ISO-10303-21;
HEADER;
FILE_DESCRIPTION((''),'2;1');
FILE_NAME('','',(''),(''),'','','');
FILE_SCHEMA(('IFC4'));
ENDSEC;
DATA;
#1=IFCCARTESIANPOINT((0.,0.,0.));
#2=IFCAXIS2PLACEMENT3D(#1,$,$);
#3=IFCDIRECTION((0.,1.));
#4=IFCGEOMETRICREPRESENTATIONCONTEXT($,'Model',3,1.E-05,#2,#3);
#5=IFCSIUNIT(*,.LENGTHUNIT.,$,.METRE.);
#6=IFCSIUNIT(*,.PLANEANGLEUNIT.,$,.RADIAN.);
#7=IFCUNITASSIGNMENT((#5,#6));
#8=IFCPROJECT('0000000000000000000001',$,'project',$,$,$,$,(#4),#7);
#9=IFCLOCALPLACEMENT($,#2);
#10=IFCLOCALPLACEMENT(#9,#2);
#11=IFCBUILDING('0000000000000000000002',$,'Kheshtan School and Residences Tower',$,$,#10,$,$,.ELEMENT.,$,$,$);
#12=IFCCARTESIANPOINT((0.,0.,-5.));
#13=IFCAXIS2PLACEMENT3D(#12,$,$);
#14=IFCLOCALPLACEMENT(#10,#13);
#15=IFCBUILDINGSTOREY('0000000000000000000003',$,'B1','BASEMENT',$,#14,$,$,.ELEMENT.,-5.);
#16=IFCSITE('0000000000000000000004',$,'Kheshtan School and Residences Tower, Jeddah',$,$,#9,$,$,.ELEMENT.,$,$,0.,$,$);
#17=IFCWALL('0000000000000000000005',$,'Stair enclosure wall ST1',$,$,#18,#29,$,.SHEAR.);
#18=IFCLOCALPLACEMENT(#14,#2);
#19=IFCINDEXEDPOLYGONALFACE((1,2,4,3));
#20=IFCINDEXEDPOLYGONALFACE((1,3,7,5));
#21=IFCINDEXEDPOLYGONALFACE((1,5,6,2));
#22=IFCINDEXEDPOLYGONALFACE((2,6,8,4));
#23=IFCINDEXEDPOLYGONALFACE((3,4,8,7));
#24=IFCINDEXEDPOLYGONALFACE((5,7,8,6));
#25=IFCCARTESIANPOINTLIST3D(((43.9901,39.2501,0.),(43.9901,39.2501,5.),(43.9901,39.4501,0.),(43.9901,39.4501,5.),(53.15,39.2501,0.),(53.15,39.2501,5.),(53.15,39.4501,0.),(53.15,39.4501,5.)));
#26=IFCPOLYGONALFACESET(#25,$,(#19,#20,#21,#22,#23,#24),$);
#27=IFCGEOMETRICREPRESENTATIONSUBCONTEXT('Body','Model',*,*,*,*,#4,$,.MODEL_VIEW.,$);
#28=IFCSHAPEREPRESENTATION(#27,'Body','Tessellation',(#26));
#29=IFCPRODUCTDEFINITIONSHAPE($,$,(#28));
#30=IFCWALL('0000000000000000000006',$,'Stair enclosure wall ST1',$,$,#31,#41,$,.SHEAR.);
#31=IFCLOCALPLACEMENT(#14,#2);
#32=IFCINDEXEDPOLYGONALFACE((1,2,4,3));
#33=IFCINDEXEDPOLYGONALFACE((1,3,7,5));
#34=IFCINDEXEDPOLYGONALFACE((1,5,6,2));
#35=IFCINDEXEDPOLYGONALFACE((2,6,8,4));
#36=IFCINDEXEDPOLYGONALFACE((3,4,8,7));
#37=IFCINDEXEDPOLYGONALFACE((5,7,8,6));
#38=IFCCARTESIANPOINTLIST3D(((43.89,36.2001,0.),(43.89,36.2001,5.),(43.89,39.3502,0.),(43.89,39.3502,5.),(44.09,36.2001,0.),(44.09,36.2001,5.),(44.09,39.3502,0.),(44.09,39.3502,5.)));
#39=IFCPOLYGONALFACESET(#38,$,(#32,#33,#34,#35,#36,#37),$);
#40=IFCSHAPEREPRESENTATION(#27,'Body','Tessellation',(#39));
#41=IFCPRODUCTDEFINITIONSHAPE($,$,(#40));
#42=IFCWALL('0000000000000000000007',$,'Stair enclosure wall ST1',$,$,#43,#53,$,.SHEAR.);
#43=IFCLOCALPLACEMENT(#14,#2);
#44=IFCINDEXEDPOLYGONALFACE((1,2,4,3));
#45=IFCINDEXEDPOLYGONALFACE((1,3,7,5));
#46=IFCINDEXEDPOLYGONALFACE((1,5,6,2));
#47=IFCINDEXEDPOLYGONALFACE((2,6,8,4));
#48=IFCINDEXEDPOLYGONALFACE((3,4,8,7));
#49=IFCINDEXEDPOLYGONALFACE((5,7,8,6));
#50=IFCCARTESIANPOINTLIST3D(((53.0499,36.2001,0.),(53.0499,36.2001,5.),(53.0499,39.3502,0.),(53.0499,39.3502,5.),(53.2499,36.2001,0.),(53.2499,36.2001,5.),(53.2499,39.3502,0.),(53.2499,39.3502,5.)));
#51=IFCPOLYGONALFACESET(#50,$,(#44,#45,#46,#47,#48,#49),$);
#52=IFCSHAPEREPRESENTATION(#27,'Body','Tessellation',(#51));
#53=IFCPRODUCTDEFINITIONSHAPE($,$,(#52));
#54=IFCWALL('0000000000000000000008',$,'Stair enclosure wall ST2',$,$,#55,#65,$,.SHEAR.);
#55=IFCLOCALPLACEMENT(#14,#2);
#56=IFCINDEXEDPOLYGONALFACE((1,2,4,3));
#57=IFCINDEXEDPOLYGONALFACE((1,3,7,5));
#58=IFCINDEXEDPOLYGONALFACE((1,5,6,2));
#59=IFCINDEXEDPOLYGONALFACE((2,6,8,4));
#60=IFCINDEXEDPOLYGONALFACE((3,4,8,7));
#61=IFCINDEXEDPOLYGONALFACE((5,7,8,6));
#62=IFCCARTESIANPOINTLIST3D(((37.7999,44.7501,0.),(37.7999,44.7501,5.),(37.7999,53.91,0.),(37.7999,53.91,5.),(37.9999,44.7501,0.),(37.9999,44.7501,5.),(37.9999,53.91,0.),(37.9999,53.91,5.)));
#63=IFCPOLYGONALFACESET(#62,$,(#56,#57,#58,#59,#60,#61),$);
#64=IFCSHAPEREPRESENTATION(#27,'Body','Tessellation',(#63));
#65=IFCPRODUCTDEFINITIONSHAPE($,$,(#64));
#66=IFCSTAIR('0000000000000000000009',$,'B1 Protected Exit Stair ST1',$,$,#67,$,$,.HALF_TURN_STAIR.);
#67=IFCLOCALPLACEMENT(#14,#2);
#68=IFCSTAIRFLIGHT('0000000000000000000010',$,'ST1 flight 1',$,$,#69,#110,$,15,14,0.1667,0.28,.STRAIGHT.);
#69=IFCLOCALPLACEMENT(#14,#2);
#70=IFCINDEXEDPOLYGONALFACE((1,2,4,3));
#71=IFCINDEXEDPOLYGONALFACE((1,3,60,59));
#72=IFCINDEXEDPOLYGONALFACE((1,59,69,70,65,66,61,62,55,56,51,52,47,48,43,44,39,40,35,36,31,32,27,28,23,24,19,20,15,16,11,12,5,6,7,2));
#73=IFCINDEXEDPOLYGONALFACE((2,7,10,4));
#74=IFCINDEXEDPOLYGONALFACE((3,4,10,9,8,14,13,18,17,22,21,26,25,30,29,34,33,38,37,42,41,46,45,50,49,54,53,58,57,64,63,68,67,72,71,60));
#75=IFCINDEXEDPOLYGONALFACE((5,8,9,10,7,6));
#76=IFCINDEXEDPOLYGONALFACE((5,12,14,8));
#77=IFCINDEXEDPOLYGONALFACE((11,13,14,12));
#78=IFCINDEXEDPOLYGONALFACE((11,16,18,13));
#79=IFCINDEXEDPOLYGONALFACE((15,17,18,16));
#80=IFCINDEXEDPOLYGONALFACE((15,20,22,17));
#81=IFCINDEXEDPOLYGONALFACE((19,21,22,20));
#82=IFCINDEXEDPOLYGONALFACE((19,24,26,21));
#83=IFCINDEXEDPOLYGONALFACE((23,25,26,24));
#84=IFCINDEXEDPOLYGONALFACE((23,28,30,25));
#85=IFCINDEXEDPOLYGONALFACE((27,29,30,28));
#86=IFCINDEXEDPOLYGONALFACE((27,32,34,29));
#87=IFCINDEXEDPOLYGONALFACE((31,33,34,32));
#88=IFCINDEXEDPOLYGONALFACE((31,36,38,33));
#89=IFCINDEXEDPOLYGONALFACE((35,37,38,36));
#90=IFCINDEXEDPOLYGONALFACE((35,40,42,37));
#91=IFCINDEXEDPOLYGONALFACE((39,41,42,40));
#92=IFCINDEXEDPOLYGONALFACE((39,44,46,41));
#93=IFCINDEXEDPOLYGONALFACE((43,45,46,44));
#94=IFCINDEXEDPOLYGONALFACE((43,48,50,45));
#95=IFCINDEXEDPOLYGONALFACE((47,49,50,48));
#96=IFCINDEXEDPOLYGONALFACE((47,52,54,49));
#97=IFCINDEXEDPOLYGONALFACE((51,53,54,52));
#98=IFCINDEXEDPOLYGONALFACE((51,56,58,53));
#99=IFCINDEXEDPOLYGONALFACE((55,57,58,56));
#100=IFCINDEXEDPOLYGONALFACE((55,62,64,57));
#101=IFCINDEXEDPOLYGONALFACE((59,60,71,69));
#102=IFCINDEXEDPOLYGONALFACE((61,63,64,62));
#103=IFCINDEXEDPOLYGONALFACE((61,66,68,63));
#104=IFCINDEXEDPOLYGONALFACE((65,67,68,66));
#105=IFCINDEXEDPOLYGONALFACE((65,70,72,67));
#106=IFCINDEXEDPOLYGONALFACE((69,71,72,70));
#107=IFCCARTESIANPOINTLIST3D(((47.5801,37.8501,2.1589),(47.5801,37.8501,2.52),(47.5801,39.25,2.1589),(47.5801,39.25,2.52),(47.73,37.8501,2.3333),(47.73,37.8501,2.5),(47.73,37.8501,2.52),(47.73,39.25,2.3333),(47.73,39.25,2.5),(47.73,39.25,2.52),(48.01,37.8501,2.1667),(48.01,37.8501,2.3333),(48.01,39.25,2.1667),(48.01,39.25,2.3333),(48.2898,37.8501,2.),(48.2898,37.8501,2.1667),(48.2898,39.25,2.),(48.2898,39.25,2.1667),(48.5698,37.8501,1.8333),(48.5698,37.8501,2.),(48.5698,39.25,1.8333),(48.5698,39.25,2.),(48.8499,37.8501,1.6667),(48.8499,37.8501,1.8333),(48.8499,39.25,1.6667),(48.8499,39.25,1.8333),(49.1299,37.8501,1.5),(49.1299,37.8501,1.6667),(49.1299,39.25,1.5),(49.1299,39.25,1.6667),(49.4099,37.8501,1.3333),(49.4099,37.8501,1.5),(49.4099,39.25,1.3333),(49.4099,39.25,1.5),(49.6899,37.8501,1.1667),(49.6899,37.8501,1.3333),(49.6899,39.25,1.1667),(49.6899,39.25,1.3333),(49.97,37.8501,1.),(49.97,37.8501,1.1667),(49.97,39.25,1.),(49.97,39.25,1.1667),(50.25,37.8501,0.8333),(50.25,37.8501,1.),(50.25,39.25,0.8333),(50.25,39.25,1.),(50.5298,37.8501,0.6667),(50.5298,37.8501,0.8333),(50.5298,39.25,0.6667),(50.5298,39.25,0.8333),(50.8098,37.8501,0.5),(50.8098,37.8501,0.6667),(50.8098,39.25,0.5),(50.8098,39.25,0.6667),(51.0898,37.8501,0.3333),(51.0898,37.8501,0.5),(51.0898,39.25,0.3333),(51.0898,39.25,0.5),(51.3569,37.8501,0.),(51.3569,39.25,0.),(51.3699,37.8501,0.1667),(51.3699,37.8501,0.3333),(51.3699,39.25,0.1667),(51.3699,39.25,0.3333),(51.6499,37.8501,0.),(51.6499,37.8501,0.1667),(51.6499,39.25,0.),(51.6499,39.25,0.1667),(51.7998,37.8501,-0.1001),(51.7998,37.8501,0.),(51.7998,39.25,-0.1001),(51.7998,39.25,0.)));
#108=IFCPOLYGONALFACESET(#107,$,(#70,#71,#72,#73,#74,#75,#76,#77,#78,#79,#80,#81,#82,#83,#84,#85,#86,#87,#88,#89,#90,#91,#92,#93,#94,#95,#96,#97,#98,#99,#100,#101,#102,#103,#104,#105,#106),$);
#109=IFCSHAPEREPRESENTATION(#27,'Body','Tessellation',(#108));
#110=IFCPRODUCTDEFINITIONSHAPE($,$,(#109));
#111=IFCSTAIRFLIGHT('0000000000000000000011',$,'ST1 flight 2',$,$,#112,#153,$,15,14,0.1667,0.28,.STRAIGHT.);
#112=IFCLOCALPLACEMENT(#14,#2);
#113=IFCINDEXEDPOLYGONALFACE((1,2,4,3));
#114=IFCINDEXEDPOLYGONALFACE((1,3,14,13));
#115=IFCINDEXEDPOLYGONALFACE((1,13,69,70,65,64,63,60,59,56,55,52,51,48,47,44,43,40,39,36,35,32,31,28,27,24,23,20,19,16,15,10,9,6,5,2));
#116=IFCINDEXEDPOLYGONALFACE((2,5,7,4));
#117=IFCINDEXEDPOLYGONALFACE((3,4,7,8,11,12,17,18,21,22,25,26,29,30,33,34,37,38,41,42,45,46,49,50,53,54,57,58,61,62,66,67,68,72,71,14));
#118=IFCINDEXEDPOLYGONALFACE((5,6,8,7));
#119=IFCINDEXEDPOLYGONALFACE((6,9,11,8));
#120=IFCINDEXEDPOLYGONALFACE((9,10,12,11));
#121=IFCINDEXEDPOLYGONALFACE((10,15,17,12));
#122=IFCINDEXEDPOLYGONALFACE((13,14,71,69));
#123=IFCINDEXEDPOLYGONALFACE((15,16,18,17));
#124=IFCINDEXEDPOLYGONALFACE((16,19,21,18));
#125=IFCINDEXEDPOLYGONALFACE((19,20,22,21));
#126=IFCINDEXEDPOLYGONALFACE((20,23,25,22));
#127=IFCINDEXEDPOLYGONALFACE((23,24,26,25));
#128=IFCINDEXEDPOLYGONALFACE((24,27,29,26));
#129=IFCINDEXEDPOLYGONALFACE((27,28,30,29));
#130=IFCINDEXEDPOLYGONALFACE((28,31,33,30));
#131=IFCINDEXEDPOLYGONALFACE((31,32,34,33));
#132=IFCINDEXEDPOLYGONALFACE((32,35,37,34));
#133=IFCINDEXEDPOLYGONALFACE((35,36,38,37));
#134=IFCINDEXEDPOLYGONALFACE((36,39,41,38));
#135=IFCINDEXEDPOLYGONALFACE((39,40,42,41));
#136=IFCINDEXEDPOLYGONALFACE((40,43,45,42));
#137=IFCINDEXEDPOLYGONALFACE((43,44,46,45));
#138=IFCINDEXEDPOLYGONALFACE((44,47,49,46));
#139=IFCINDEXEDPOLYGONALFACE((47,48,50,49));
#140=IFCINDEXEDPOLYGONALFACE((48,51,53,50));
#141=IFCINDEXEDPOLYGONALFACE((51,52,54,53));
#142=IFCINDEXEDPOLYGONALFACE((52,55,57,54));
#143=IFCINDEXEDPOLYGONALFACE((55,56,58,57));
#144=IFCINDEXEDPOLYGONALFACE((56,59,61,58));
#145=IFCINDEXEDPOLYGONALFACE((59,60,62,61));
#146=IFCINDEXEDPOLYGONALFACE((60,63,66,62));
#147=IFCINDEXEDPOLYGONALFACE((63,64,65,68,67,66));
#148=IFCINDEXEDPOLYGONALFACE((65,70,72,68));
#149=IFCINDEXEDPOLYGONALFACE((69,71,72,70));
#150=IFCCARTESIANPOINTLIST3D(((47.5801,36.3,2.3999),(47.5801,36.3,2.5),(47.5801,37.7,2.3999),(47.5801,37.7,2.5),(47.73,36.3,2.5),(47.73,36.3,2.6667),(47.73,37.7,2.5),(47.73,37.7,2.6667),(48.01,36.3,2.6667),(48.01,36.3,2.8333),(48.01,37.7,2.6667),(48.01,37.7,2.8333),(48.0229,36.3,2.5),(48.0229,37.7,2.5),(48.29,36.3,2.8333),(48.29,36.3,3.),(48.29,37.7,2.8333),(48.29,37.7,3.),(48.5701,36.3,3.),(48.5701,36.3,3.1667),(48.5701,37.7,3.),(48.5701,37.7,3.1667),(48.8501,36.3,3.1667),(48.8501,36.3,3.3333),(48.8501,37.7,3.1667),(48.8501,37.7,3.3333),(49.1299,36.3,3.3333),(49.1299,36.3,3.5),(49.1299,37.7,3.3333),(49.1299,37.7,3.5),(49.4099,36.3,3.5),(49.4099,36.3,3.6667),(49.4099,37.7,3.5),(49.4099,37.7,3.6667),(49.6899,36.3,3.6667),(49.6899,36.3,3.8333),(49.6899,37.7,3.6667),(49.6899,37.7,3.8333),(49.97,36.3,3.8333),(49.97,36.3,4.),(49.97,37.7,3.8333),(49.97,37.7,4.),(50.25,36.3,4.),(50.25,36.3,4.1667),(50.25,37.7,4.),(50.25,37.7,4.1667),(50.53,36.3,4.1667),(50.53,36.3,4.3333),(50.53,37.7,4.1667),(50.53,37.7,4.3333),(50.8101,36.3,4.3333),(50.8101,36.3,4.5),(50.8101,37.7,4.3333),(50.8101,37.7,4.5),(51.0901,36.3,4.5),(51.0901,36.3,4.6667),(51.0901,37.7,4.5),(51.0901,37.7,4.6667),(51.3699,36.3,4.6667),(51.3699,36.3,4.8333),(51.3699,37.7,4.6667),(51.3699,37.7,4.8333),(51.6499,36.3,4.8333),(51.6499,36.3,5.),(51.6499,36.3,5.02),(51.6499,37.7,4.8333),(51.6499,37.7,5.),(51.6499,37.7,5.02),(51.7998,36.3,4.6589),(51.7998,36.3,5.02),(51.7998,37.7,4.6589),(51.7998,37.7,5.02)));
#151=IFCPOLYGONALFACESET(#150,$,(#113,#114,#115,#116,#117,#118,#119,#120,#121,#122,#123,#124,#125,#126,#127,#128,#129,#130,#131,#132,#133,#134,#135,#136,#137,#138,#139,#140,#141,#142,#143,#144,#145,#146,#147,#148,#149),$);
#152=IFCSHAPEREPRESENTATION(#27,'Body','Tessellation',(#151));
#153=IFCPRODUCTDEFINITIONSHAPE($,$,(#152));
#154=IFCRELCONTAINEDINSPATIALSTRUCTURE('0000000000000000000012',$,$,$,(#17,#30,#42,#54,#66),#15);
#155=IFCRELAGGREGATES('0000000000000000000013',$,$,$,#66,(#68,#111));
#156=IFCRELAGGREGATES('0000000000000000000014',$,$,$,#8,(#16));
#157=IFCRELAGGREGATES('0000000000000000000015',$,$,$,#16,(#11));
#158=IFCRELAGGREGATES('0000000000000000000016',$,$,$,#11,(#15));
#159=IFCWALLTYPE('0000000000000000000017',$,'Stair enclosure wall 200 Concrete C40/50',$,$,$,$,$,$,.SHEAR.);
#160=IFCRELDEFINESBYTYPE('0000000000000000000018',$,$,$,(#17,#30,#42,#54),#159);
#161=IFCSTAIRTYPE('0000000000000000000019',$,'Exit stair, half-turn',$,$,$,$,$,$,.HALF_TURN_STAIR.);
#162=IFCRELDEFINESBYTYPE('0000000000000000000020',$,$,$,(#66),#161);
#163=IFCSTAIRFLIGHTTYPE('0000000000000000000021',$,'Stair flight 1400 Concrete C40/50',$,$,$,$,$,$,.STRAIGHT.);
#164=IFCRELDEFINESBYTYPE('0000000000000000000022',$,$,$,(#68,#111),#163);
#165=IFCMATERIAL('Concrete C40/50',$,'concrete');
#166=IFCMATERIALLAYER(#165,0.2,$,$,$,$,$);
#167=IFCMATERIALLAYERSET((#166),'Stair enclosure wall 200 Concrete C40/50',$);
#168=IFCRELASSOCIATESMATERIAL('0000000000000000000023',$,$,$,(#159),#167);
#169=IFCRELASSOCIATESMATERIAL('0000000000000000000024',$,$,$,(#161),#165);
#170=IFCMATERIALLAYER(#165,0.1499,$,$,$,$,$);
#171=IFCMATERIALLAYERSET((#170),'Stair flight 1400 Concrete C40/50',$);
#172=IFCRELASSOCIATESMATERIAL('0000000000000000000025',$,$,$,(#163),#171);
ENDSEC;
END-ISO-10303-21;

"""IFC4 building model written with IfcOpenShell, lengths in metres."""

from ifc_helpers import new_model, si_unit, direction, frame, frame_2d, origin, place, context, subcontext, project, spatial, polyline, rectangle, outline, extrude, material, layer, layer_set, type_object, element, aggregate, save


model = new_model("IFC4")

# Units and contexts
model_context = context("Model", 3, precision=1e-05, world=origin(), true_north=direction((0.0, 1.0)))
body_context = subcontext(model_context, "Body", "Model", "MODEL_VIEW")
ifc_project = project(units=[si_unit("LENGTHUNIT", "METRE"), si_unit("PLANEANGLEUNIT", "RADIAN")], contexts=[model_context])

# Site, building, storey
site_placement = place(None, origin())
site = spatial("IfcSite", under=ifc_project, at=site_placement, Name="Kheshtan School and Residences Tower, Jeddah", CompositionType="ELEMENT", RefElevation=0.0)
building_placement = place(site_placement, origin())
building = spatial("IfcBuilding", under=site, at=building_placement, Name="Kheshtan School and Residences Tower", CompositionType="ELEMENT")
storey_placement = place(building_placement, frame((0.0, 0.0, -5.0)))
storey = spatial("IfcBuildingStorey", under=building, at=storey_placement, Name="B1", Description="BASEMENT", CompositionType="ELEMENT", Elevation=-5.0)

# Walls
ifc_material_1 = material(Name="Concrete C40/50", Category="concrete")
ifc_layer_1 = layer(ifc_material_1, 0.2)
ifc_layer_set_1 = layer_set([ifc_layer_1], Name="Stair enclosure wall 200 Concrete C40/50")
wall_type_1 = type_object("IfcWallType", Name="Stair enclosure wall 200 Concrete C40/50", PredefinedType="SHEAR", material=ifc_layer_set_1)
wall_1_placement = place(storey_placement, frame((43.99, 39.3501, 0.0), z_axis=(0.0, 0.0, 1.0), x_axis=(1.0, 0.0, 0.0)))
element("IfcWall", 1, at=wall_1_placement, inside=storey, type_object=wall_type_1, Name="Stair enclosure wall ST1", PredefinedType="SHEAR", context=body_context, shape_type="SweptSolid", body=[
    extrude(rectangle(XDim=9.1599, YDim=0.2, at=frame_2d((4.5801, 0.0))), origin(), (0.0, 0.0, 1.0), 5.0),
])
for number, where, z_axis, x_axis, name in (
    (2, (43.99, 36.2, 0.0), (0.0, 0.0, 1.0), (0.0, 1.0, 0.0), "Stair enclosure wall ST1"),
    (3, (53.1499, 36.2, 0.0), (0.0, 0.0, 1.0), (0.0, 1.0, 0.0), "Stair enclosure wall ST1"),
):
    element("IfcWall", number, at=place(storey_placement, frame(where, z_axis=z_axis, x_axis=x_axis)), inside=storey, type_object=wall_type_1, Name=name, PredefinedType="SHEAR", context=body_context, shape_type="SweptSolid", body=[
        extrude(rectangle(XDim=3.1501, YDim=0.2, at=frame_2d((1.5752, 0.0))), origin(), (0.0, 0.0, 1.0), 5.0),
    ])
wall_2_placement = place(storey_placement, frame((37.8999, 44.75, 0.0), z_axis=(0.0, 0.0, 1.0), x_axis=(0.0, 1.0, 0.0)))
element("IfcWall", 4, at=wall_2_placement, inside=storey, type_object=wall_type_1, Name="Stair enclosure wall ST2", PredefinedType="SHEAR", context=body_context, shape_type="SweptSolid", body=[
    extrude(rectangle(XDim=9.1599, YDim=0.2, at=frame_2d((4.5801, 0.0))), origin(), (0.0, 0.0, 1.0), 5.0),
])

# Stair, stair flights
stair_type = type_object("IfcStairType", Name="Exit stair, half-turn", PredefinedType="HALF_TURN_STAIR", material=ifc_material_1)
stair_placement = place(storey_placement, origin())
stair = element("IfcStair", 5, at=stair_placement, inside=storey, type_object=stair_type, Name="B1 Protected Exit Stair ST1", PredefinedType="HALF_TURN_STAIR")
ifc_layer_2 = layer(ifc_material_1, 0.1499)
ifc_layer_set_2 = layer_set([ifc_layer_2], Name="Stair flight 1400 Concrete C40/50")
stair_flight_type = type_object("IfcStairFlightType", Name="Stair flight 1400 Concrete C40/50", PredefinedType="STRAIGHT", material=ifc_layer_set_2)
stair_flight_1_placement = place(storey_placement, frame((51.6499, 38.55, 0.0), z_axis=(0.0, 0.0, 1.0), x_axis=(-1.0, 0.0, 0.0)))
stair_flight_1 = element("IfcStairFlight", 6, at=stair_flight_1_placement, type_object=stair_flight_type, Name="ST1 flight 1", NumberOfRisers=15, NumberOfTreads=14, PredefinedType="STRAIGHT", RiserHeight=0.1667, TreadLength=0.28, context=body_context, shape_type="SweptSolid", body=[
    extrude(outline(polyline([(-0.1499, -0.1001), (-0.1499, 0.0), (0.0, 0.0), (0.0, 0.1667), (0.28, 0.1667), (0.28, 0.3333), (0.5601, 0.3333), (0.5601, 0.5), (0.8401, 0.5), (0.8401, 0.6667), (1.1201, 0.6667), (1.1201, 0.8333), (1.3999, 0.8333), (1.3999, 1.0), (1.6799, 1.0), (1.6799, 1.1667), (1.96, 1.1667), (1.96, 1.3333), (2.24, 1.3333), (2.24, 1.5), (2.52, 1.5), (2.52, 1.6667), (2.8, 1.6667), (2.8, 1.8333), (3.0801, 1.8333), (3.0801, 2.0), (3.3601, 2.0), (3.3601, 2.1667), (3.6399, 2.1667), (3.6399, 2.3333), (3.9199, 2.3333), (3.9199, 2.5), (3.9199, 2.52), (4.0698, 2.52), (4.0698, 2.1589), (0.293, 0.0), (-0.1499, -0.1001)])), frame((0.0, 0.7, 0.0), z_axis=(0.0, -1.0, 0.0), x_axis=(1.0, 0.0, 0.0)), (0.0, 0.0, 1.0), 1.3999),
])
stair_flight_2_placement = place(storey_placement, frame((47.73, 37.0, 2.5), z_axis=(0.0, 0.0, 1.0), x_axis=(1.0, 0.0, 0.0)))
stair_flight_2 = element("IfcStairFlight", 7, at=stair_flight_2_placement, type_object=stair_flight_type, Name="ST1 flight 2", NumberOfRisers=15, NumberOfTreads=14, PredefinedType="STRAIGHT", RiserHeight=0.1667, TreadLength=0.28, context=body_context, shape_type="SweptSolid", body=[
    extrude(outline(polyline([(-0.1499, -0.1001), (-0.1499, 0.0), (0.0, 0.0), (0.0, 0.1667), (0.28, 0.1667), (0.28, 0.3333), (0.5601, 0.3333), (0.5601, 0.5), (0.8401, 0.5), (0.8401, 0.6667), (1.1201, 0.6667), (1.1201, 0.8333), (1.3999, 0.8333), (1.3999, 1.0), (1.6799, 1.0), (1.6799, 1.1667), (1.96, 1.1667), (1.96, 1.3333), (2.24, 1.3333), (2.24, 1.5), (2.52, 1.5), (2.52, 1.6667), (2.8, 1.6667), (2.8, 1.8333), (3.0801, 1.8333), (3.0801, 2.0), (3.3601, 2.0), (3.3601, 2.1667), (3.6399, 2.1667), (3.6399, 2.3333), (3.9199, 2.3333), (3.9199, 2.5), (3.9199, 2.52), (4.0698, 2.52), (4.0698, 2.1589), (0.293, 0.0), (-0.1499, -0.1001)])), frame((0.0, 0.7, 0.0), z_axis=(0.0, -1.0, 0.0), x_axis=(1.0, 0.0, 0.0)), (0.0, 0.0, 1.0), 1.3999),
])
aggregate(stair, [stair_flight_1, stair_flight_2])

save(model, "model.ifc")
